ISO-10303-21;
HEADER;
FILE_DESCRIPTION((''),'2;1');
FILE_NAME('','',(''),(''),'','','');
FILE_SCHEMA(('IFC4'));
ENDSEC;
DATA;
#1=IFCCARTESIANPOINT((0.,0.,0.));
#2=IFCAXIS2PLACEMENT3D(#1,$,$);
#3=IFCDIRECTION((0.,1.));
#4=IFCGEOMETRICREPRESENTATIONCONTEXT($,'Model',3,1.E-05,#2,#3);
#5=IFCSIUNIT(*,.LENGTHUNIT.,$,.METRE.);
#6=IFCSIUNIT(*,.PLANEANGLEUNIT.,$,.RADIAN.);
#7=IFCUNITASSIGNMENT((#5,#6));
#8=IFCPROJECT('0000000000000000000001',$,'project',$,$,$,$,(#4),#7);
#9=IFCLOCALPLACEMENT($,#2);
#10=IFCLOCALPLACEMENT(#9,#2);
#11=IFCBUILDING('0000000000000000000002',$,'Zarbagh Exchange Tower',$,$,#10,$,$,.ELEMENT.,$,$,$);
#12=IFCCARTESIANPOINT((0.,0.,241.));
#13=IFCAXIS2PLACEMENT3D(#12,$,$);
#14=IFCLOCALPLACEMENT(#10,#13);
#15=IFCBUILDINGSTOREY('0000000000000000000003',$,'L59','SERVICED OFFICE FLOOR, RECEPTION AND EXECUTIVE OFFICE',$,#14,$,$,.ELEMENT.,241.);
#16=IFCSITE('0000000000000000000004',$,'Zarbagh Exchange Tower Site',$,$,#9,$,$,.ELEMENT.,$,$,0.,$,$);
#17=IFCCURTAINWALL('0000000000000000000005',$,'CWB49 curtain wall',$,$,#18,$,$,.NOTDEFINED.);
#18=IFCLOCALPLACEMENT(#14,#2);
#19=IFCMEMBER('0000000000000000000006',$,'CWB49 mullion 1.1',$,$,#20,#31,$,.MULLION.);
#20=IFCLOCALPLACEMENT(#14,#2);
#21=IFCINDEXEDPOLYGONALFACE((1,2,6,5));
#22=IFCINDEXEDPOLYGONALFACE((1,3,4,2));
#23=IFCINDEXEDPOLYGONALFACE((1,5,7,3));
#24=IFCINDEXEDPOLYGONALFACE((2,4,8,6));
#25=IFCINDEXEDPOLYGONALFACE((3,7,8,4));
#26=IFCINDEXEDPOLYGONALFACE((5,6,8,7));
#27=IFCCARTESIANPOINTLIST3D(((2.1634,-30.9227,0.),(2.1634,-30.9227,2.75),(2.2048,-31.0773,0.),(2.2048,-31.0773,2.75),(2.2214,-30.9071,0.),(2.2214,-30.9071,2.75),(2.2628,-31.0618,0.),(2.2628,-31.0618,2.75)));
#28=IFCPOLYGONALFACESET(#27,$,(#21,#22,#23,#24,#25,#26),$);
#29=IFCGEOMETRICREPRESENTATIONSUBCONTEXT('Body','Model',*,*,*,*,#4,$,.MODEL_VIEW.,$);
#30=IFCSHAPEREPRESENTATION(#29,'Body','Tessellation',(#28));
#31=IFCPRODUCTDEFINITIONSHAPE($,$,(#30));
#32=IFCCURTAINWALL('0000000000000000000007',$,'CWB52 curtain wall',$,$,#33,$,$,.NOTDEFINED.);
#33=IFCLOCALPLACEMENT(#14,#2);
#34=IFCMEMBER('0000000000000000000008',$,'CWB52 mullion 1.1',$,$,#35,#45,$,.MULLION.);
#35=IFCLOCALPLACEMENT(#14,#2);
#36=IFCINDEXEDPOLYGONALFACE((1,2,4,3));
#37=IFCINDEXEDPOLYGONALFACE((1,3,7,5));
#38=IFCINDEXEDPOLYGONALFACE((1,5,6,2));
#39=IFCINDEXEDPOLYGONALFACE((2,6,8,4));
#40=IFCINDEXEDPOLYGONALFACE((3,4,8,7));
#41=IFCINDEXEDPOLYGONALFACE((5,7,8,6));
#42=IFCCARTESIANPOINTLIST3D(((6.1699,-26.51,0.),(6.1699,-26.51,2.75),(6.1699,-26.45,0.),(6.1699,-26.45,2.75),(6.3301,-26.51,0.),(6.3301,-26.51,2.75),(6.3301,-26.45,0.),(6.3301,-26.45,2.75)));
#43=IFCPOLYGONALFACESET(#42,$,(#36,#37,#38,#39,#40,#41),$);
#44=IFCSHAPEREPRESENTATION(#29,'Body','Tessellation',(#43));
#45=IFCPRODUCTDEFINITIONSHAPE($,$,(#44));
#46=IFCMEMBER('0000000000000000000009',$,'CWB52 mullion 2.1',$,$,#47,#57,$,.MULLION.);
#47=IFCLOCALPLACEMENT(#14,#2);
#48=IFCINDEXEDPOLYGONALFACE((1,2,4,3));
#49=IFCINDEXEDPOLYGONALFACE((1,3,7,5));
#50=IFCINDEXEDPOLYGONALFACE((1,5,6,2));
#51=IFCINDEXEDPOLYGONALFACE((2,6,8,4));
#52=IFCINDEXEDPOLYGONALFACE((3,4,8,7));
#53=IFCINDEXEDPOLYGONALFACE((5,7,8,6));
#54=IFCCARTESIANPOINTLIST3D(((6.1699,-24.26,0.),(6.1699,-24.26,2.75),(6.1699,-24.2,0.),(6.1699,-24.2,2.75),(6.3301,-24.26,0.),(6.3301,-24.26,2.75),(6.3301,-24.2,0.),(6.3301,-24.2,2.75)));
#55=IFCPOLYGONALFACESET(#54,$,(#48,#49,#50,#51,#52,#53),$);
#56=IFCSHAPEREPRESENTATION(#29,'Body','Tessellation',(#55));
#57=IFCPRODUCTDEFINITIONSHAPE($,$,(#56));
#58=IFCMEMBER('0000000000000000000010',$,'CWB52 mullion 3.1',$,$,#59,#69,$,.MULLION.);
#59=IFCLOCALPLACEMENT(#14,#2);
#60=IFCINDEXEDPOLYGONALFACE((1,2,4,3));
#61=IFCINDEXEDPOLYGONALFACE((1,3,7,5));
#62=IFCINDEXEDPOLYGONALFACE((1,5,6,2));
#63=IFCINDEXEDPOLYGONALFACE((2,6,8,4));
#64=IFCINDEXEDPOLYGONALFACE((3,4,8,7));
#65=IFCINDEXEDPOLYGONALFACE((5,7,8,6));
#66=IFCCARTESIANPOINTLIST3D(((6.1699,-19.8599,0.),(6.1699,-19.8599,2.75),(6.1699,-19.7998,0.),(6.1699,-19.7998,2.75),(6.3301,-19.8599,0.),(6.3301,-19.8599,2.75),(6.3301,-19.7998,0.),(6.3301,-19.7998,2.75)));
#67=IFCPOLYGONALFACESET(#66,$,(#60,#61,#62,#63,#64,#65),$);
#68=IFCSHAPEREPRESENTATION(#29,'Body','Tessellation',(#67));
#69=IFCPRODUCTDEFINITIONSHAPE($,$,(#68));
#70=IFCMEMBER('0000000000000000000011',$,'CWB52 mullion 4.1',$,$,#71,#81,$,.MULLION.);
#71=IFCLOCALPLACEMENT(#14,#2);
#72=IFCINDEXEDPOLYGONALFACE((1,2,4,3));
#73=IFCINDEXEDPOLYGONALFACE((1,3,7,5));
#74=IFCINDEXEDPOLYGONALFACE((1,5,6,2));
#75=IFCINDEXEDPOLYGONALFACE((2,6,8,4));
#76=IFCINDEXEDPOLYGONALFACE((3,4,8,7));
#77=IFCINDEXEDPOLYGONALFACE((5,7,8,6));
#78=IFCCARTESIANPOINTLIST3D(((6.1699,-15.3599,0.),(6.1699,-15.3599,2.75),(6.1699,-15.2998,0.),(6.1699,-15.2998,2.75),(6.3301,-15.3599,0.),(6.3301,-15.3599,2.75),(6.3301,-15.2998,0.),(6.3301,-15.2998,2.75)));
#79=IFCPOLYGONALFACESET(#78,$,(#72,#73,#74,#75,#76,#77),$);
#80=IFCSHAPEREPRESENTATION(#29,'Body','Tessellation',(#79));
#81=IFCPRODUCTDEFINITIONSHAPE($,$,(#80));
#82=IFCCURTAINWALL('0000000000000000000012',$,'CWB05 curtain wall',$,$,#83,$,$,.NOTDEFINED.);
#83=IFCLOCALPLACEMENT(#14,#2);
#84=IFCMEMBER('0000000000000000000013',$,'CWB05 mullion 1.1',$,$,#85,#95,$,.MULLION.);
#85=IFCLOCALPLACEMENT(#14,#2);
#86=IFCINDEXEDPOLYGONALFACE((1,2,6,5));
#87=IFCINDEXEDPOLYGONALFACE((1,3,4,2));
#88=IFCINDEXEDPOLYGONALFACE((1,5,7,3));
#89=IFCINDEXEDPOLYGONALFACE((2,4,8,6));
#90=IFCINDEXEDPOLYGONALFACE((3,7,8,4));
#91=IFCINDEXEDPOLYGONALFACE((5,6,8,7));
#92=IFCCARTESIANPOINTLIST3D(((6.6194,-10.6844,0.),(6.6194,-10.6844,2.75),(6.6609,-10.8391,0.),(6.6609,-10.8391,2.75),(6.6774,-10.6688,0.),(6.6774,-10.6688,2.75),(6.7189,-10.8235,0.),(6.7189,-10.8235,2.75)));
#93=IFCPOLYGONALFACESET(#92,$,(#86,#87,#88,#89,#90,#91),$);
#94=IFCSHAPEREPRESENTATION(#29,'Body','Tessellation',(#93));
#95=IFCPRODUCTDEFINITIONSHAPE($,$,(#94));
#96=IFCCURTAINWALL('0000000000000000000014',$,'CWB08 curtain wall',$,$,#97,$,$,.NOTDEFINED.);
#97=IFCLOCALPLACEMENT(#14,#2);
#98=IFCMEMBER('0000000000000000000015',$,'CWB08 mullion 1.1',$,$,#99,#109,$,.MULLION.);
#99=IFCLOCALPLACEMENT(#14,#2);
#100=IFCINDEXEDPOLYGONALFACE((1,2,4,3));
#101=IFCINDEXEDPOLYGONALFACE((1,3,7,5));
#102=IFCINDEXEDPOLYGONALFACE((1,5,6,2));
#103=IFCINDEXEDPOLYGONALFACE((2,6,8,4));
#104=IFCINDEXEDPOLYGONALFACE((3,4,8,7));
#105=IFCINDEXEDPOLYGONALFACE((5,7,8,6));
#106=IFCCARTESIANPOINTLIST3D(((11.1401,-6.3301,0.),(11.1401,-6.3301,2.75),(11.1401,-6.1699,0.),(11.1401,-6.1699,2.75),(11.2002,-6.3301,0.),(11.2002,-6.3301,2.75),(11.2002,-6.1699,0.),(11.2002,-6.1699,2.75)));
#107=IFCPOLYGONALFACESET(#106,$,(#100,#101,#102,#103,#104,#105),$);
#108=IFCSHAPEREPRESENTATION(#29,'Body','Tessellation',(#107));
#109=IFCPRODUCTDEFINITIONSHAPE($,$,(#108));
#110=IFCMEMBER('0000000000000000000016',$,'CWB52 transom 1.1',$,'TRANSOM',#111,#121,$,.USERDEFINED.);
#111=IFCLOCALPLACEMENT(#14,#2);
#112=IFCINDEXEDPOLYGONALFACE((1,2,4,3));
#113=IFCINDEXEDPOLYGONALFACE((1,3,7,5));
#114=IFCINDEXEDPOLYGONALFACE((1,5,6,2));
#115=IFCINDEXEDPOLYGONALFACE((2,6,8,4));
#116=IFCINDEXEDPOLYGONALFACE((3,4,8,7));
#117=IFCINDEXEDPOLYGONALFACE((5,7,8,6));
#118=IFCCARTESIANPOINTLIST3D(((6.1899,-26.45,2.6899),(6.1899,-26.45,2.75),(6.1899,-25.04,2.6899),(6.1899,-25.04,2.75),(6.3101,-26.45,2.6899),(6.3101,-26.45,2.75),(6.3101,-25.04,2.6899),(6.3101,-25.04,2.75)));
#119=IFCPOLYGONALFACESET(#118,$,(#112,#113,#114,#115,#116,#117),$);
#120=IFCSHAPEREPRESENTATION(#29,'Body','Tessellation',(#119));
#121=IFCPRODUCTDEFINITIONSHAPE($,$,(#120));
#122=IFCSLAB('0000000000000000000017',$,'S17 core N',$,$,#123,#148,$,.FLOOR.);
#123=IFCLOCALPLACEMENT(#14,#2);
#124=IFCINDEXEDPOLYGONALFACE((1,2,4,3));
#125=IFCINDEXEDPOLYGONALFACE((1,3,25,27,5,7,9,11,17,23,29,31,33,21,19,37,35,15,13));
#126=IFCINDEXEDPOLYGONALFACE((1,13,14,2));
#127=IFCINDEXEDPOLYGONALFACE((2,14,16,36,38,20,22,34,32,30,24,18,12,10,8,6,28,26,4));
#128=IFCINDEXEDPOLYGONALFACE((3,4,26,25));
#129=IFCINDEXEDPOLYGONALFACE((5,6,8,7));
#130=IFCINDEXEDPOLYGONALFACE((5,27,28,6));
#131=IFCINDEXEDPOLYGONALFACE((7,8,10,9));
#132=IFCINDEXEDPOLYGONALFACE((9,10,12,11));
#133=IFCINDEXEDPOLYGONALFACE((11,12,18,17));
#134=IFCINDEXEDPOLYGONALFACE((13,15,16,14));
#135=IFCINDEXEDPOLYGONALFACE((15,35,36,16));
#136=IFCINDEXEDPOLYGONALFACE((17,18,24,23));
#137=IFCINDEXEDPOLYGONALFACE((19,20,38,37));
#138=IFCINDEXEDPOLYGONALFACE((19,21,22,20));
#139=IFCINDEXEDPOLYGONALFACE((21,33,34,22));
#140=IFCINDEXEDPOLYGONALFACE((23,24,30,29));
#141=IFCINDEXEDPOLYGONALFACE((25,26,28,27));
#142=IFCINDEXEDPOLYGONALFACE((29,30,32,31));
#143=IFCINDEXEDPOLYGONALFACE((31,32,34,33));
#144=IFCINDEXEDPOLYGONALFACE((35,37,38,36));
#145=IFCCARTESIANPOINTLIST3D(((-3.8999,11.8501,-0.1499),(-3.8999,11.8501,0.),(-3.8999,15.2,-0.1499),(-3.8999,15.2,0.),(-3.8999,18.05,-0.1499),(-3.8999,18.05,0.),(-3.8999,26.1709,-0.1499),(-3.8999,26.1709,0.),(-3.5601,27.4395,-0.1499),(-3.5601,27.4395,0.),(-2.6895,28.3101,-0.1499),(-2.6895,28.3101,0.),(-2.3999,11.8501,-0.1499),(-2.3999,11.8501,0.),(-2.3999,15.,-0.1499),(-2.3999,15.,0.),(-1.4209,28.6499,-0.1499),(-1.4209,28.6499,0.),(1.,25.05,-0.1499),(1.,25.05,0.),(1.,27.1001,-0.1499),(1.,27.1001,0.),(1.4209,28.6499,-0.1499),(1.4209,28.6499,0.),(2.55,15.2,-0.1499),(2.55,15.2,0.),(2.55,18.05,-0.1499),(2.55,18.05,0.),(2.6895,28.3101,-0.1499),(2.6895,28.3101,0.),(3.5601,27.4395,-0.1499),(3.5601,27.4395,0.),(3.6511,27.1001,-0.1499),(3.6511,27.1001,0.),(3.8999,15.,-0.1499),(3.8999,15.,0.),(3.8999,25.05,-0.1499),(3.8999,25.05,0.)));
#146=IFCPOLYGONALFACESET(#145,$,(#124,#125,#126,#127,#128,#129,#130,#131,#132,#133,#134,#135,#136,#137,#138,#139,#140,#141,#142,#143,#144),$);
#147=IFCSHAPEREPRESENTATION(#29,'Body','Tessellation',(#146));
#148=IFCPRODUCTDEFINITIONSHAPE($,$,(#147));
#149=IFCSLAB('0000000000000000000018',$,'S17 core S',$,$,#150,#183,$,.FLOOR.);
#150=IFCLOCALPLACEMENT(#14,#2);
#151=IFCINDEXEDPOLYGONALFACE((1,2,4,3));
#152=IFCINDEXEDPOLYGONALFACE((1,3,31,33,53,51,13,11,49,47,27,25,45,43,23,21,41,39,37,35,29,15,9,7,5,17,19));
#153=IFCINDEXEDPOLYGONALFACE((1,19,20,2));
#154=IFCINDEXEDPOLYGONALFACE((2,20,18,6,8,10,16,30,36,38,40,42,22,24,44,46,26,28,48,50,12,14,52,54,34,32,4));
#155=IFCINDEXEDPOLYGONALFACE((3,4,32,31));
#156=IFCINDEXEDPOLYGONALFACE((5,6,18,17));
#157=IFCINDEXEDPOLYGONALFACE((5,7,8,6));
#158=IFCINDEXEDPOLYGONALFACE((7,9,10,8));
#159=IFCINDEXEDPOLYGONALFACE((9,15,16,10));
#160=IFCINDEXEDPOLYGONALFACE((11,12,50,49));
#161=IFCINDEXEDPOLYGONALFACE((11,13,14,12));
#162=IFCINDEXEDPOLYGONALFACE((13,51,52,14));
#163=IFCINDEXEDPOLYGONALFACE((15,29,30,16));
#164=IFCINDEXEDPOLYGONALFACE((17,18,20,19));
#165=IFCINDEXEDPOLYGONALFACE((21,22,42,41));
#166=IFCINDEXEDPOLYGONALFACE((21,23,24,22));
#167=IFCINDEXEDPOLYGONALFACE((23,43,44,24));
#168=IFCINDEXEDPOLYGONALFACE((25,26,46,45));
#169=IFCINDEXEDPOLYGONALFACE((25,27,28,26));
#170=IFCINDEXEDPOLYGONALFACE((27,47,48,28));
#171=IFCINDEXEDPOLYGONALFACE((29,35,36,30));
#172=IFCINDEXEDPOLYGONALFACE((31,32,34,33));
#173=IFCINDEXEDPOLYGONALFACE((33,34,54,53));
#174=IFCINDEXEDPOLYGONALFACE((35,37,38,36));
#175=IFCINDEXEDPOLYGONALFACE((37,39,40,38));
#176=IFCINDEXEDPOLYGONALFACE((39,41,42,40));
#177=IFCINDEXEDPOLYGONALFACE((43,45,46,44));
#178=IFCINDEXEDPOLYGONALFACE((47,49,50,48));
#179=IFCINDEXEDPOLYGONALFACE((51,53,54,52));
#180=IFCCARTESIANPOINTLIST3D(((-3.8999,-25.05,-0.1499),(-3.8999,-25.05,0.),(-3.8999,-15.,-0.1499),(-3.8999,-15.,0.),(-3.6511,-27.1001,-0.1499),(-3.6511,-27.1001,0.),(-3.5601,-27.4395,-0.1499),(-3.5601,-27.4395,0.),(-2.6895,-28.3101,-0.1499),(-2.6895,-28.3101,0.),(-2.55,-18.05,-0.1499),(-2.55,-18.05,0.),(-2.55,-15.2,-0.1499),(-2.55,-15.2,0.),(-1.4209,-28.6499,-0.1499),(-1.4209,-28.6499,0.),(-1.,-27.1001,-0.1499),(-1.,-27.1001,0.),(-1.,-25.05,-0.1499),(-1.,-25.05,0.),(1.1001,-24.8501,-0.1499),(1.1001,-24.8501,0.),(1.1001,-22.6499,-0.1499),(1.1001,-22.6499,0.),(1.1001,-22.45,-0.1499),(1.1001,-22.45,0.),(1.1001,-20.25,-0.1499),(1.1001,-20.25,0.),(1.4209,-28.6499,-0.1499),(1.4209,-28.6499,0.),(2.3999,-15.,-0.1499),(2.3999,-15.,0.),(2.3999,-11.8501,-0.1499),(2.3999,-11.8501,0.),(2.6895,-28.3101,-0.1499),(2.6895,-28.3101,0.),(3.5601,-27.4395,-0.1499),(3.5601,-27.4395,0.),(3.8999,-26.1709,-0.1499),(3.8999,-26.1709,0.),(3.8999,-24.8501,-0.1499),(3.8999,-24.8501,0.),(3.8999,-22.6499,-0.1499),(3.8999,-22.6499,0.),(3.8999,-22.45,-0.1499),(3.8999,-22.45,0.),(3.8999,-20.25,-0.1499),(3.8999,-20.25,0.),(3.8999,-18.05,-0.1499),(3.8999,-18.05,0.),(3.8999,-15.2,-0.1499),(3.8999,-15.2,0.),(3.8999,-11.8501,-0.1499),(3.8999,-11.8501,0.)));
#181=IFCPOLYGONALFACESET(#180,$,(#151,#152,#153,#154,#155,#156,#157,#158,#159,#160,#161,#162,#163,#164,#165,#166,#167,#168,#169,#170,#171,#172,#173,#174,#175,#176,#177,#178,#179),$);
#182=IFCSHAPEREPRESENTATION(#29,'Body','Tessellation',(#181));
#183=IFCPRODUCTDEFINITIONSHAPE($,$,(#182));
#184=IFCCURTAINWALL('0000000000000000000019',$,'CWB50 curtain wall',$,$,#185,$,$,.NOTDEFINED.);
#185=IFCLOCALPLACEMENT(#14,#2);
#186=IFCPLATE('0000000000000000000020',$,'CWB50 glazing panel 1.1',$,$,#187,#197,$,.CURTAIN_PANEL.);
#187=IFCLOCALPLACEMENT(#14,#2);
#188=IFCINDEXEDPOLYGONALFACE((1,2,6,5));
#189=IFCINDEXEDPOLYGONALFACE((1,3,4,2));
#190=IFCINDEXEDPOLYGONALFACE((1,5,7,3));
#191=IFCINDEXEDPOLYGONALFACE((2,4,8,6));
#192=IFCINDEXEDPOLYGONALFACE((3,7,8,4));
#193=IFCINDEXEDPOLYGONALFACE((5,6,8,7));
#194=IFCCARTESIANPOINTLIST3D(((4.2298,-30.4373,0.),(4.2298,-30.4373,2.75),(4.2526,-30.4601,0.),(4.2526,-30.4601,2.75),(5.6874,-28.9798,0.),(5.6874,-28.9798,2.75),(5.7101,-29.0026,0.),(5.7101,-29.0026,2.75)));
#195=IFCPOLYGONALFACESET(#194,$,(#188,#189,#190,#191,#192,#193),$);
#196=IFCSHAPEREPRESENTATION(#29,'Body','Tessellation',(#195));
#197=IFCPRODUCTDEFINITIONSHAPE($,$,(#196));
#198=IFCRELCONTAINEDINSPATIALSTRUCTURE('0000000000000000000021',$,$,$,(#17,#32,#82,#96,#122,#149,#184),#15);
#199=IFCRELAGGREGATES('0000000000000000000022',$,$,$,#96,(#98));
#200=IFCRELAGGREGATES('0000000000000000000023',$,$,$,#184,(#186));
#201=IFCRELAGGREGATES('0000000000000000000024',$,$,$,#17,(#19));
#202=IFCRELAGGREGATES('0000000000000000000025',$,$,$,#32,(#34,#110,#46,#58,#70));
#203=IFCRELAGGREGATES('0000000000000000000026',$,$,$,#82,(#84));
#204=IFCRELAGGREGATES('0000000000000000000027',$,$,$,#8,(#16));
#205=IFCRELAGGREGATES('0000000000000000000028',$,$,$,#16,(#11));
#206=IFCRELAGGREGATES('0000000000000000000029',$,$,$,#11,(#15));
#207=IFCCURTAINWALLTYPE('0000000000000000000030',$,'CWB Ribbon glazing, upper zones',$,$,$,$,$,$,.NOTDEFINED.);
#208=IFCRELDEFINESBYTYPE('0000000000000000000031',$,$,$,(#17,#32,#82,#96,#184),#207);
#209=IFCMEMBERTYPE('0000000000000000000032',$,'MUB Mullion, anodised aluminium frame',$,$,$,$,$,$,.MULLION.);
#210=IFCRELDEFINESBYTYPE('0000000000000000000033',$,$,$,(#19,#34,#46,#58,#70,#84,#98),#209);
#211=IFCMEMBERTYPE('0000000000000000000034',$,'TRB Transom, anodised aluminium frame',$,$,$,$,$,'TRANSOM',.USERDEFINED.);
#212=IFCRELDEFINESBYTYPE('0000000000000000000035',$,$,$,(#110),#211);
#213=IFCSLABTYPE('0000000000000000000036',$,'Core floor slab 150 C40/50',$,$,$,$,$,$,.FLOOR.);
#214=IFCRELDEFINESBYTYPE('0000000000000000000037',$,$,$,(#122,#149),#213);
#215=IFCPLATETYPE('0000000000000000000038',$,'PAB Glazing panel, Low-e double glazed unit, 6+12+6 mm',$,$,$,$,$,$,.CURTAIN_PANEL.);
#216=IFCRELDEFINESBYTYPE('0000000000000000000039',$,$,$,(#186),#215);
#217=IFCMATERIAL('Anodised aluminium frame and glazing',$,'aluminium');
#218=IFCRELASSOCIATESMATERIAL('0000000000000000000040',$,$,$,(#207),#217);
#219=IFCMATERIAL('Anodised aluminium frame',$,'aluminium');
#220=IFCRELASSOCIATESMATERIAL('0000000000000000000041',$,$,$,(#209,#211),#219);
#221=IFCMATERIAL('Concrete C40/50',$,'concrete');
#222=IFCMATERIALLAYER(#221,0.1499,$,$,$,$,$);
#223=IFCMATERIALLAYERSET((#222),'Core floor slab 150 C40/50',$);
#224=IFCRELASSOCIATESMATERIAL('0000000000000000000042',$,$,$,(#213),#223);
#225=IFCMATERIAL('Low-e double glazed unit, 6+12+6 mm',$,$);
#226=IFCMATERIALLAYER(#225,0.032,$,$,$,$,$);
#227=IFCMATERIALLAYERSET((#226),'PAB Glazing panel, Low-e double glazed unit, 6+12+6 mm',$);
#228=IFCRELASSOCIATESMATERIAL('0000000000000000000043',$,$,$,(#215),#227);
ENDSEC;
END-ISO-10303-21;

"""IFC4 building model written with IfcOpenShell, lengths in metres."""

from ifc_helpers import new_model, si_unit, direction, frame, origin, place, context, subcontext, project, spatial, polyline, outline, extrude, source, transform, mapped, material, layer, layer_set, type_object, element, aggregate, save


model = new_model("IFC4")

# Units and contexts
model_context = context("Model", 3, precision=1e-05, world=origin(), true_north=direction((0.0, 1.0)))
body_context = subcontext(model_context, "Body", "Model", "MODEL_VIEW")
ifc_project = project(units=[si_unit("LENGTHUNIT", "METRE"), si_unit("PLANEANGLEUNIT", "RADIAN")], contexts=[model_context])

# Site, building, storey
site_placement = place(None, origin())
site = spatial("IfcSite", under=ifc_project, at=site_placement, Name="Zarbagh Exchange Tower Site", CompositionType="ELEMENT", RefElevation=0.0)
building_placement = place(site_placement, origin())
building = spatial("IfcBuilding", under=site, at=building_placement, Name="Zarbagh Exchange Tower", CompositionType="ELEMENT")
storey_placement = place(building_placement, frame((0.0, 0.0, 241.0)))
storey = spatial("IfcBuildingStorey", under=building, at=storey_placement, Name="L59", Description="SERVICED OFFICE FLOOR, RECEPTION AND EXECUTIVE OFFICE", CompositionType="ELEMENT", Elevation=241.0)

# Curtain wall, member
ifc_material_1 = material(Name="Anodised aluminium frame and glazing", Category="aluminium")
curtain_wall_type = type_object("IfcCurtainWallType", Name="CWB Ribbon glazing, upper zones", PredefinedType="NOTDEFINED", material=ifc_material_1)
curtain_wall_1_placement = place(storey_placement, origin())
curtain_wall_1 = element("IfcCurtainWall", 1, at=curtain_wall_1_placement, inside=storey, type_object=curtain_wall_type, Name="CWB49 curtain wall", PredefinedType="NOTDEFINED")
ifc_material_2 = material(Name="Anodised aluminium frame", Category="aluminium")
member_type_1 = type_object("IfcMemberType", Name="MUB Mullion, anodised aluminium frame", PredefinedType="MULLION", material=ifc_material_2)
shared_shape_1 = source(origin(), body_context, "Body", "SweptSolid", [
    extrude(outline(polyline([(0.0, -0.0801), (0.0601, -0.0801), (0.0601, 0.0801), (0.0, 0.0801), (0.0, -0.0801)])), origin(), (0.0, 0.0, 1.0), 2.75),
])
placement = place(storey_placement, origin())
member_1 = element("IfcMember", 2, at=placement, type_object=member_type_1, Name="CWB49 mullion 1.1", PredefinedType="MULLION", context=body_context, shape_type="MappedRepresentation", body=[
    mapped(shared_shape_1, transform((2.1841, -31.0, 0.0), x_axis=(0.965924, 0.258825, 0.0), y_axis=(-0.258825, 0.965924, 0.0), z_axis=(0.0, 0.0, 1.0))),
])

# Curtain wall, members
curtain_wall_2_placement = place(storey_placement, origin())
curtain_wall_2 = element("IfcCurtainWall", 3, at=curtain_wall_2_placement, inside=storey, type_object=curtain_wall_type, Name="CWB52 curtain wall", PredefinedType="NOTDEFINED")
member_2 = element("IfcMember", 4, at=placement, type_object=member_type_1, Name="CWB52 mullion 1.1", PredefinedType="MULLION", context=body_context, shape_type="MappedRepresentation", body=[
    mapped(shared_shape_1, transform((6.25, -26.51, 0.0), x_axis=(0.0, 1.0, 0.0), y_axis=(-1.0, 0.0, 0.0), z_axis=(0.0, 0.0, 1.0))),
])
member_3 = element("IfcMember", 5, at=placement, type_object=member_type_1, Name="CWB52 mullion 2.1", PredefinedType="MULLION", context=body_context, shape_type="MappedRepresentation", body=[
    mapped(shared_shape_1, transform((6.25, -24.26, 0.0), x_axis=(0.0, 1.0, 0.0), y_axis=(-1.0, 0.0, 0.0), z_axis=(0.0, 0.0, 1.0))),
])
member_4 = element("IfcMember", 6, at=placement, type_object=member_type_1, Name="CWB52 mullion 3.1", PredefinedType="MULLION", context=body_context, shape_type="MappedRepresentation", body=[
    mapped(shared_shape_1, transform((6.25, -19.8599, 0.0), x_axis=(0.0, 1.0, 0.0), y_axis=(-1.0, 0.0, 0.0), z_axis=(0.0, 0.0, 1.0))),
])
member_5 = element("IfcMember", 7, at=placement, type_object=member_type_1, Name="CWB52 mullion 4.1", PredefinedType="MULLION", context=body_context, shape_type="MappedRepresentation", body=[
    mapped(shared_shape_1, transform((6.25, -15.3599, 0.0), x_axis=(0.0, 1.0, 0.0), y_axis=(-1.0, 0.0, 0.0), z_axis=(0.0, 0.0, 1.0))),
])

# Curtain walls, members
curtain_wall_3_placement = place(storey_placement, origin())
curtain_wall_3 = element("IfcCurtainWall", 8, at=curtain_wall_3_placement, inside=storey, type_object=curtain_wall_type, Name="CWB05 curtain wall", PredefinedType="NOTDEFINED")
member_6 = element("IfcMember", 9, at=placement, type_object=member_type_1, Name="CWB05 mullion 1.1", PredefinedType="MULLION", context=body_context, shape_type="MappedRepresentation", body=[
    mapped(shared_shape_1, transform((6.6401, -10.7617, 0.0), x_axis=(0.965924, 0.258825, 0.0), y_axis=(-0.258825, 0.965924, 0.0), z_axis=(0.0, 0.0, 1.0))),
])
curtain_wall_4_placement = place(storey_placement, origin())
curtain_wall_4 = element("IfcCurtainWall", 10, at=curtain_wall_4_placement, inside=storey, type_object=curtain_wall_type, Name="CWB08 curtain wall", PredefinedType="NOTDEFINED")
member_7 = element("IfcMember", 11, at=placement, type_object=member_type_1, Name="CWB08 mullion 1.1", PredefinedType="MULLION", context=body_context, shape_type="MappedRepresentation", body=[
    mapped(shared_shape_1, transform((11.1401, -6.25, 0.0), x_axis=(1.0, 0.0, 0.0), y_axis=(0.0, 1.0, 0.0), z_axis=(0.0, 0.0, 1.0))),
])
aggregate(curtain_wall_4, [member_7])

# Member
member_type_2 = type_object("IfcMemberType", Name="TRB Transom, anodised aluminium frame", ElementType="TRANSOM", PredefinedType="USERDEFINED", material=ifc_material_2)
shared_shape_2 = source(origin(), body_context, "Body", "SweptSolid", [
    extrude(outline(polyline([(-0.0601, -0.0601), (0.0, -0.0601), (0.0, 0.0601), (-0.0601, 0.0601), (-0.0601, -0.0601)])), origin(), (0.0, 0.0, 1.0), 1.4099),
])
member_8 = element("IfcMember", 12, at=placement, type_object=member_type_2, Name="CWB52 transom 1.1", ObjectType="TRANSOM", PredefinedType="USERDEFINED", context=body_context, shape_type="MappedRepresentation", body=[
    mapped(shared_shape_2, transform((6.25, -26.45, 2.75), x_axis=(0.0, 0.0, 1.0), y_axis=(1.0, 0.0, 0.0), z_axis=(0.0, 1.0, 0.0))),
])

# Slabs
ifc_material_3 = material(Name="Concrete C40/50", Category="concrete")
ifc_layer_1 = layer(ifc_material_3, 0.1499)
ifc_layer_set_1 = layer_set([ifc_layer_1], Name="Core floor slab 150 C40/50")
slab_type = type_object("IfcSlabType", Name="Core floor slab 150 C40/50", PredefinedType="FLOOR", material=ifc_layer_set_1)
slab_1_placement = place(storey_placement, frame((0.0, 0.0, -0.1499)))
element("IfcSlab", 13, at=slab_1_placement, inside=storey, type_object=slab_type, Name="S17 core N", PredefinedType="FLOOR", context=body_context, shape_type="SweptSolid", body=[
    extrude(outline(polyline([(-3.8999, 11.8501), (-3.8999, 15.2), (2.55, 15.2), (2.55, 18.05), (-3.8999, 18.05), (-3.8999, 26.1709), (-3.5601, 27.4395), (-2.6895, 28.3101), (-1.4209, 28.6499), (1.4209, 28.6499), (2.6895, 28.3101), (3.5601, 27.4395), (3.6511, 27.1001), (1.0, 27.1001), (1.0, 25.05), (3.8999, 25.05), (3.8999, 15.0), (-2.3999, 15.0), (-2.3999, 11.8501), (-3.8999, 11.8501)])), origin(), (0.0, 0.0, 1.0), 0.1499),
])
slab_2_placement = place(storey_placement, frame((0.0, 0.0, -0.1499)))
element("IfcSlab", 14, at=slab_2_placement, inside=storey, type_object=slab_type, Name="S17 core S", PredefinedType="FLOOR", context=body_context, shape_type="SweptSolid", body=[
    extrude(outline(polyline([(-2.6895, -28.3101), (-3.5601, -27.4395), (-3.6511, -27.1001), (-1.0, -27.1001), (-1.0, -25.05), (-3.8999, -25.05), (-3.8999, -15.0), (2.3999, -15.0), (2.3999, -11.8501), (3.8999, -11.8501), (3.8999, -15.2), (-2.55, -15.2), (-2.55, -18.05), (3.8999, -18.05), (3.8999, -20.25), (1.1001, -20.25), (1.1001, -22.45), (3.8999, -22.45), (3.8999, -22.6499), (1.1001, -22.6499), (1.1001, -24.8501), (3.8999, -24.8501), (3.8999, -26.1709), (3.5601, -27.4395), (2.6895, -28.3101), (1.4209, -28.6499), (-1.4209, -28.6499), (-2.6895, -28.3101)])), origin(), (0.0, 0.0, 1.0), 0.1499),
])

# Curtain wall, plate
curtain_wall_5_placement = place(storey_placement, origin())
curtain_wall_5 = element("IfcCurtainWall", 15, at=curtain_wall_5_placement, inside=storey, type_object=curtain_wall_type, Name="CWB50 curtain wall", PredefinedType="NOTDEFINED")
ifc_material_4 = material(Name="Low-e double glazed unit, 6+12+6 mm")
ifc_layer_2 = layer(ifc_material_4, 0.032)
ifc_layer_set_2 = layer_set([ifc_layer_2], Name="PAB Glazing panel, Low-e double glazed unit, 6+12+6 mm")
plate_type = type_object("IfcPlateType", Name="PAB Glazing panel, Low-e double glazed unit, 6+12+6 mm", PredefinedType="CURTAIN_PANEL", material=ifc_layer_set_2)
shared_shape_3 = source(origin(), body_context, "Body", "SweptSolid", [
    extrude(outline(polyline([(0.0, -0.0161), (2.0613, -0.0161), (2.0613, 0.0161), (0.0, 0.0161), (0.0, -0.0161)])), origin(), (0.0, 0.0, 1.0), 2.75),
])
plate_1 = element("IfcPlate", 16, at=placement, type_object=plate_type, Name="CWB50 glazing panel 1.1", PredefinedType="CURTAIN_PANEL", context=body_context, shape_type="MappedRepresentation", body=[
    mapped(shared_shape_3, transform((4.2412, -30.4487, 0.0), x_axis=(0.707107, 0.707107, 0.0), y_axis=(-0.707107, 0.707107, 0.0), z_axis=(0.0, 0.0, 1.0))),
])
aggregate(curtain_wall_5, [plate_1])

aggregate(curtain_wall_1, [member_1])

aggregate(curtain_wall_2, [member_2, member_8, member_3, member_4, member_5])
aggregate(curtain_wall_3, [member_6])

save(model, "model.ifc")
